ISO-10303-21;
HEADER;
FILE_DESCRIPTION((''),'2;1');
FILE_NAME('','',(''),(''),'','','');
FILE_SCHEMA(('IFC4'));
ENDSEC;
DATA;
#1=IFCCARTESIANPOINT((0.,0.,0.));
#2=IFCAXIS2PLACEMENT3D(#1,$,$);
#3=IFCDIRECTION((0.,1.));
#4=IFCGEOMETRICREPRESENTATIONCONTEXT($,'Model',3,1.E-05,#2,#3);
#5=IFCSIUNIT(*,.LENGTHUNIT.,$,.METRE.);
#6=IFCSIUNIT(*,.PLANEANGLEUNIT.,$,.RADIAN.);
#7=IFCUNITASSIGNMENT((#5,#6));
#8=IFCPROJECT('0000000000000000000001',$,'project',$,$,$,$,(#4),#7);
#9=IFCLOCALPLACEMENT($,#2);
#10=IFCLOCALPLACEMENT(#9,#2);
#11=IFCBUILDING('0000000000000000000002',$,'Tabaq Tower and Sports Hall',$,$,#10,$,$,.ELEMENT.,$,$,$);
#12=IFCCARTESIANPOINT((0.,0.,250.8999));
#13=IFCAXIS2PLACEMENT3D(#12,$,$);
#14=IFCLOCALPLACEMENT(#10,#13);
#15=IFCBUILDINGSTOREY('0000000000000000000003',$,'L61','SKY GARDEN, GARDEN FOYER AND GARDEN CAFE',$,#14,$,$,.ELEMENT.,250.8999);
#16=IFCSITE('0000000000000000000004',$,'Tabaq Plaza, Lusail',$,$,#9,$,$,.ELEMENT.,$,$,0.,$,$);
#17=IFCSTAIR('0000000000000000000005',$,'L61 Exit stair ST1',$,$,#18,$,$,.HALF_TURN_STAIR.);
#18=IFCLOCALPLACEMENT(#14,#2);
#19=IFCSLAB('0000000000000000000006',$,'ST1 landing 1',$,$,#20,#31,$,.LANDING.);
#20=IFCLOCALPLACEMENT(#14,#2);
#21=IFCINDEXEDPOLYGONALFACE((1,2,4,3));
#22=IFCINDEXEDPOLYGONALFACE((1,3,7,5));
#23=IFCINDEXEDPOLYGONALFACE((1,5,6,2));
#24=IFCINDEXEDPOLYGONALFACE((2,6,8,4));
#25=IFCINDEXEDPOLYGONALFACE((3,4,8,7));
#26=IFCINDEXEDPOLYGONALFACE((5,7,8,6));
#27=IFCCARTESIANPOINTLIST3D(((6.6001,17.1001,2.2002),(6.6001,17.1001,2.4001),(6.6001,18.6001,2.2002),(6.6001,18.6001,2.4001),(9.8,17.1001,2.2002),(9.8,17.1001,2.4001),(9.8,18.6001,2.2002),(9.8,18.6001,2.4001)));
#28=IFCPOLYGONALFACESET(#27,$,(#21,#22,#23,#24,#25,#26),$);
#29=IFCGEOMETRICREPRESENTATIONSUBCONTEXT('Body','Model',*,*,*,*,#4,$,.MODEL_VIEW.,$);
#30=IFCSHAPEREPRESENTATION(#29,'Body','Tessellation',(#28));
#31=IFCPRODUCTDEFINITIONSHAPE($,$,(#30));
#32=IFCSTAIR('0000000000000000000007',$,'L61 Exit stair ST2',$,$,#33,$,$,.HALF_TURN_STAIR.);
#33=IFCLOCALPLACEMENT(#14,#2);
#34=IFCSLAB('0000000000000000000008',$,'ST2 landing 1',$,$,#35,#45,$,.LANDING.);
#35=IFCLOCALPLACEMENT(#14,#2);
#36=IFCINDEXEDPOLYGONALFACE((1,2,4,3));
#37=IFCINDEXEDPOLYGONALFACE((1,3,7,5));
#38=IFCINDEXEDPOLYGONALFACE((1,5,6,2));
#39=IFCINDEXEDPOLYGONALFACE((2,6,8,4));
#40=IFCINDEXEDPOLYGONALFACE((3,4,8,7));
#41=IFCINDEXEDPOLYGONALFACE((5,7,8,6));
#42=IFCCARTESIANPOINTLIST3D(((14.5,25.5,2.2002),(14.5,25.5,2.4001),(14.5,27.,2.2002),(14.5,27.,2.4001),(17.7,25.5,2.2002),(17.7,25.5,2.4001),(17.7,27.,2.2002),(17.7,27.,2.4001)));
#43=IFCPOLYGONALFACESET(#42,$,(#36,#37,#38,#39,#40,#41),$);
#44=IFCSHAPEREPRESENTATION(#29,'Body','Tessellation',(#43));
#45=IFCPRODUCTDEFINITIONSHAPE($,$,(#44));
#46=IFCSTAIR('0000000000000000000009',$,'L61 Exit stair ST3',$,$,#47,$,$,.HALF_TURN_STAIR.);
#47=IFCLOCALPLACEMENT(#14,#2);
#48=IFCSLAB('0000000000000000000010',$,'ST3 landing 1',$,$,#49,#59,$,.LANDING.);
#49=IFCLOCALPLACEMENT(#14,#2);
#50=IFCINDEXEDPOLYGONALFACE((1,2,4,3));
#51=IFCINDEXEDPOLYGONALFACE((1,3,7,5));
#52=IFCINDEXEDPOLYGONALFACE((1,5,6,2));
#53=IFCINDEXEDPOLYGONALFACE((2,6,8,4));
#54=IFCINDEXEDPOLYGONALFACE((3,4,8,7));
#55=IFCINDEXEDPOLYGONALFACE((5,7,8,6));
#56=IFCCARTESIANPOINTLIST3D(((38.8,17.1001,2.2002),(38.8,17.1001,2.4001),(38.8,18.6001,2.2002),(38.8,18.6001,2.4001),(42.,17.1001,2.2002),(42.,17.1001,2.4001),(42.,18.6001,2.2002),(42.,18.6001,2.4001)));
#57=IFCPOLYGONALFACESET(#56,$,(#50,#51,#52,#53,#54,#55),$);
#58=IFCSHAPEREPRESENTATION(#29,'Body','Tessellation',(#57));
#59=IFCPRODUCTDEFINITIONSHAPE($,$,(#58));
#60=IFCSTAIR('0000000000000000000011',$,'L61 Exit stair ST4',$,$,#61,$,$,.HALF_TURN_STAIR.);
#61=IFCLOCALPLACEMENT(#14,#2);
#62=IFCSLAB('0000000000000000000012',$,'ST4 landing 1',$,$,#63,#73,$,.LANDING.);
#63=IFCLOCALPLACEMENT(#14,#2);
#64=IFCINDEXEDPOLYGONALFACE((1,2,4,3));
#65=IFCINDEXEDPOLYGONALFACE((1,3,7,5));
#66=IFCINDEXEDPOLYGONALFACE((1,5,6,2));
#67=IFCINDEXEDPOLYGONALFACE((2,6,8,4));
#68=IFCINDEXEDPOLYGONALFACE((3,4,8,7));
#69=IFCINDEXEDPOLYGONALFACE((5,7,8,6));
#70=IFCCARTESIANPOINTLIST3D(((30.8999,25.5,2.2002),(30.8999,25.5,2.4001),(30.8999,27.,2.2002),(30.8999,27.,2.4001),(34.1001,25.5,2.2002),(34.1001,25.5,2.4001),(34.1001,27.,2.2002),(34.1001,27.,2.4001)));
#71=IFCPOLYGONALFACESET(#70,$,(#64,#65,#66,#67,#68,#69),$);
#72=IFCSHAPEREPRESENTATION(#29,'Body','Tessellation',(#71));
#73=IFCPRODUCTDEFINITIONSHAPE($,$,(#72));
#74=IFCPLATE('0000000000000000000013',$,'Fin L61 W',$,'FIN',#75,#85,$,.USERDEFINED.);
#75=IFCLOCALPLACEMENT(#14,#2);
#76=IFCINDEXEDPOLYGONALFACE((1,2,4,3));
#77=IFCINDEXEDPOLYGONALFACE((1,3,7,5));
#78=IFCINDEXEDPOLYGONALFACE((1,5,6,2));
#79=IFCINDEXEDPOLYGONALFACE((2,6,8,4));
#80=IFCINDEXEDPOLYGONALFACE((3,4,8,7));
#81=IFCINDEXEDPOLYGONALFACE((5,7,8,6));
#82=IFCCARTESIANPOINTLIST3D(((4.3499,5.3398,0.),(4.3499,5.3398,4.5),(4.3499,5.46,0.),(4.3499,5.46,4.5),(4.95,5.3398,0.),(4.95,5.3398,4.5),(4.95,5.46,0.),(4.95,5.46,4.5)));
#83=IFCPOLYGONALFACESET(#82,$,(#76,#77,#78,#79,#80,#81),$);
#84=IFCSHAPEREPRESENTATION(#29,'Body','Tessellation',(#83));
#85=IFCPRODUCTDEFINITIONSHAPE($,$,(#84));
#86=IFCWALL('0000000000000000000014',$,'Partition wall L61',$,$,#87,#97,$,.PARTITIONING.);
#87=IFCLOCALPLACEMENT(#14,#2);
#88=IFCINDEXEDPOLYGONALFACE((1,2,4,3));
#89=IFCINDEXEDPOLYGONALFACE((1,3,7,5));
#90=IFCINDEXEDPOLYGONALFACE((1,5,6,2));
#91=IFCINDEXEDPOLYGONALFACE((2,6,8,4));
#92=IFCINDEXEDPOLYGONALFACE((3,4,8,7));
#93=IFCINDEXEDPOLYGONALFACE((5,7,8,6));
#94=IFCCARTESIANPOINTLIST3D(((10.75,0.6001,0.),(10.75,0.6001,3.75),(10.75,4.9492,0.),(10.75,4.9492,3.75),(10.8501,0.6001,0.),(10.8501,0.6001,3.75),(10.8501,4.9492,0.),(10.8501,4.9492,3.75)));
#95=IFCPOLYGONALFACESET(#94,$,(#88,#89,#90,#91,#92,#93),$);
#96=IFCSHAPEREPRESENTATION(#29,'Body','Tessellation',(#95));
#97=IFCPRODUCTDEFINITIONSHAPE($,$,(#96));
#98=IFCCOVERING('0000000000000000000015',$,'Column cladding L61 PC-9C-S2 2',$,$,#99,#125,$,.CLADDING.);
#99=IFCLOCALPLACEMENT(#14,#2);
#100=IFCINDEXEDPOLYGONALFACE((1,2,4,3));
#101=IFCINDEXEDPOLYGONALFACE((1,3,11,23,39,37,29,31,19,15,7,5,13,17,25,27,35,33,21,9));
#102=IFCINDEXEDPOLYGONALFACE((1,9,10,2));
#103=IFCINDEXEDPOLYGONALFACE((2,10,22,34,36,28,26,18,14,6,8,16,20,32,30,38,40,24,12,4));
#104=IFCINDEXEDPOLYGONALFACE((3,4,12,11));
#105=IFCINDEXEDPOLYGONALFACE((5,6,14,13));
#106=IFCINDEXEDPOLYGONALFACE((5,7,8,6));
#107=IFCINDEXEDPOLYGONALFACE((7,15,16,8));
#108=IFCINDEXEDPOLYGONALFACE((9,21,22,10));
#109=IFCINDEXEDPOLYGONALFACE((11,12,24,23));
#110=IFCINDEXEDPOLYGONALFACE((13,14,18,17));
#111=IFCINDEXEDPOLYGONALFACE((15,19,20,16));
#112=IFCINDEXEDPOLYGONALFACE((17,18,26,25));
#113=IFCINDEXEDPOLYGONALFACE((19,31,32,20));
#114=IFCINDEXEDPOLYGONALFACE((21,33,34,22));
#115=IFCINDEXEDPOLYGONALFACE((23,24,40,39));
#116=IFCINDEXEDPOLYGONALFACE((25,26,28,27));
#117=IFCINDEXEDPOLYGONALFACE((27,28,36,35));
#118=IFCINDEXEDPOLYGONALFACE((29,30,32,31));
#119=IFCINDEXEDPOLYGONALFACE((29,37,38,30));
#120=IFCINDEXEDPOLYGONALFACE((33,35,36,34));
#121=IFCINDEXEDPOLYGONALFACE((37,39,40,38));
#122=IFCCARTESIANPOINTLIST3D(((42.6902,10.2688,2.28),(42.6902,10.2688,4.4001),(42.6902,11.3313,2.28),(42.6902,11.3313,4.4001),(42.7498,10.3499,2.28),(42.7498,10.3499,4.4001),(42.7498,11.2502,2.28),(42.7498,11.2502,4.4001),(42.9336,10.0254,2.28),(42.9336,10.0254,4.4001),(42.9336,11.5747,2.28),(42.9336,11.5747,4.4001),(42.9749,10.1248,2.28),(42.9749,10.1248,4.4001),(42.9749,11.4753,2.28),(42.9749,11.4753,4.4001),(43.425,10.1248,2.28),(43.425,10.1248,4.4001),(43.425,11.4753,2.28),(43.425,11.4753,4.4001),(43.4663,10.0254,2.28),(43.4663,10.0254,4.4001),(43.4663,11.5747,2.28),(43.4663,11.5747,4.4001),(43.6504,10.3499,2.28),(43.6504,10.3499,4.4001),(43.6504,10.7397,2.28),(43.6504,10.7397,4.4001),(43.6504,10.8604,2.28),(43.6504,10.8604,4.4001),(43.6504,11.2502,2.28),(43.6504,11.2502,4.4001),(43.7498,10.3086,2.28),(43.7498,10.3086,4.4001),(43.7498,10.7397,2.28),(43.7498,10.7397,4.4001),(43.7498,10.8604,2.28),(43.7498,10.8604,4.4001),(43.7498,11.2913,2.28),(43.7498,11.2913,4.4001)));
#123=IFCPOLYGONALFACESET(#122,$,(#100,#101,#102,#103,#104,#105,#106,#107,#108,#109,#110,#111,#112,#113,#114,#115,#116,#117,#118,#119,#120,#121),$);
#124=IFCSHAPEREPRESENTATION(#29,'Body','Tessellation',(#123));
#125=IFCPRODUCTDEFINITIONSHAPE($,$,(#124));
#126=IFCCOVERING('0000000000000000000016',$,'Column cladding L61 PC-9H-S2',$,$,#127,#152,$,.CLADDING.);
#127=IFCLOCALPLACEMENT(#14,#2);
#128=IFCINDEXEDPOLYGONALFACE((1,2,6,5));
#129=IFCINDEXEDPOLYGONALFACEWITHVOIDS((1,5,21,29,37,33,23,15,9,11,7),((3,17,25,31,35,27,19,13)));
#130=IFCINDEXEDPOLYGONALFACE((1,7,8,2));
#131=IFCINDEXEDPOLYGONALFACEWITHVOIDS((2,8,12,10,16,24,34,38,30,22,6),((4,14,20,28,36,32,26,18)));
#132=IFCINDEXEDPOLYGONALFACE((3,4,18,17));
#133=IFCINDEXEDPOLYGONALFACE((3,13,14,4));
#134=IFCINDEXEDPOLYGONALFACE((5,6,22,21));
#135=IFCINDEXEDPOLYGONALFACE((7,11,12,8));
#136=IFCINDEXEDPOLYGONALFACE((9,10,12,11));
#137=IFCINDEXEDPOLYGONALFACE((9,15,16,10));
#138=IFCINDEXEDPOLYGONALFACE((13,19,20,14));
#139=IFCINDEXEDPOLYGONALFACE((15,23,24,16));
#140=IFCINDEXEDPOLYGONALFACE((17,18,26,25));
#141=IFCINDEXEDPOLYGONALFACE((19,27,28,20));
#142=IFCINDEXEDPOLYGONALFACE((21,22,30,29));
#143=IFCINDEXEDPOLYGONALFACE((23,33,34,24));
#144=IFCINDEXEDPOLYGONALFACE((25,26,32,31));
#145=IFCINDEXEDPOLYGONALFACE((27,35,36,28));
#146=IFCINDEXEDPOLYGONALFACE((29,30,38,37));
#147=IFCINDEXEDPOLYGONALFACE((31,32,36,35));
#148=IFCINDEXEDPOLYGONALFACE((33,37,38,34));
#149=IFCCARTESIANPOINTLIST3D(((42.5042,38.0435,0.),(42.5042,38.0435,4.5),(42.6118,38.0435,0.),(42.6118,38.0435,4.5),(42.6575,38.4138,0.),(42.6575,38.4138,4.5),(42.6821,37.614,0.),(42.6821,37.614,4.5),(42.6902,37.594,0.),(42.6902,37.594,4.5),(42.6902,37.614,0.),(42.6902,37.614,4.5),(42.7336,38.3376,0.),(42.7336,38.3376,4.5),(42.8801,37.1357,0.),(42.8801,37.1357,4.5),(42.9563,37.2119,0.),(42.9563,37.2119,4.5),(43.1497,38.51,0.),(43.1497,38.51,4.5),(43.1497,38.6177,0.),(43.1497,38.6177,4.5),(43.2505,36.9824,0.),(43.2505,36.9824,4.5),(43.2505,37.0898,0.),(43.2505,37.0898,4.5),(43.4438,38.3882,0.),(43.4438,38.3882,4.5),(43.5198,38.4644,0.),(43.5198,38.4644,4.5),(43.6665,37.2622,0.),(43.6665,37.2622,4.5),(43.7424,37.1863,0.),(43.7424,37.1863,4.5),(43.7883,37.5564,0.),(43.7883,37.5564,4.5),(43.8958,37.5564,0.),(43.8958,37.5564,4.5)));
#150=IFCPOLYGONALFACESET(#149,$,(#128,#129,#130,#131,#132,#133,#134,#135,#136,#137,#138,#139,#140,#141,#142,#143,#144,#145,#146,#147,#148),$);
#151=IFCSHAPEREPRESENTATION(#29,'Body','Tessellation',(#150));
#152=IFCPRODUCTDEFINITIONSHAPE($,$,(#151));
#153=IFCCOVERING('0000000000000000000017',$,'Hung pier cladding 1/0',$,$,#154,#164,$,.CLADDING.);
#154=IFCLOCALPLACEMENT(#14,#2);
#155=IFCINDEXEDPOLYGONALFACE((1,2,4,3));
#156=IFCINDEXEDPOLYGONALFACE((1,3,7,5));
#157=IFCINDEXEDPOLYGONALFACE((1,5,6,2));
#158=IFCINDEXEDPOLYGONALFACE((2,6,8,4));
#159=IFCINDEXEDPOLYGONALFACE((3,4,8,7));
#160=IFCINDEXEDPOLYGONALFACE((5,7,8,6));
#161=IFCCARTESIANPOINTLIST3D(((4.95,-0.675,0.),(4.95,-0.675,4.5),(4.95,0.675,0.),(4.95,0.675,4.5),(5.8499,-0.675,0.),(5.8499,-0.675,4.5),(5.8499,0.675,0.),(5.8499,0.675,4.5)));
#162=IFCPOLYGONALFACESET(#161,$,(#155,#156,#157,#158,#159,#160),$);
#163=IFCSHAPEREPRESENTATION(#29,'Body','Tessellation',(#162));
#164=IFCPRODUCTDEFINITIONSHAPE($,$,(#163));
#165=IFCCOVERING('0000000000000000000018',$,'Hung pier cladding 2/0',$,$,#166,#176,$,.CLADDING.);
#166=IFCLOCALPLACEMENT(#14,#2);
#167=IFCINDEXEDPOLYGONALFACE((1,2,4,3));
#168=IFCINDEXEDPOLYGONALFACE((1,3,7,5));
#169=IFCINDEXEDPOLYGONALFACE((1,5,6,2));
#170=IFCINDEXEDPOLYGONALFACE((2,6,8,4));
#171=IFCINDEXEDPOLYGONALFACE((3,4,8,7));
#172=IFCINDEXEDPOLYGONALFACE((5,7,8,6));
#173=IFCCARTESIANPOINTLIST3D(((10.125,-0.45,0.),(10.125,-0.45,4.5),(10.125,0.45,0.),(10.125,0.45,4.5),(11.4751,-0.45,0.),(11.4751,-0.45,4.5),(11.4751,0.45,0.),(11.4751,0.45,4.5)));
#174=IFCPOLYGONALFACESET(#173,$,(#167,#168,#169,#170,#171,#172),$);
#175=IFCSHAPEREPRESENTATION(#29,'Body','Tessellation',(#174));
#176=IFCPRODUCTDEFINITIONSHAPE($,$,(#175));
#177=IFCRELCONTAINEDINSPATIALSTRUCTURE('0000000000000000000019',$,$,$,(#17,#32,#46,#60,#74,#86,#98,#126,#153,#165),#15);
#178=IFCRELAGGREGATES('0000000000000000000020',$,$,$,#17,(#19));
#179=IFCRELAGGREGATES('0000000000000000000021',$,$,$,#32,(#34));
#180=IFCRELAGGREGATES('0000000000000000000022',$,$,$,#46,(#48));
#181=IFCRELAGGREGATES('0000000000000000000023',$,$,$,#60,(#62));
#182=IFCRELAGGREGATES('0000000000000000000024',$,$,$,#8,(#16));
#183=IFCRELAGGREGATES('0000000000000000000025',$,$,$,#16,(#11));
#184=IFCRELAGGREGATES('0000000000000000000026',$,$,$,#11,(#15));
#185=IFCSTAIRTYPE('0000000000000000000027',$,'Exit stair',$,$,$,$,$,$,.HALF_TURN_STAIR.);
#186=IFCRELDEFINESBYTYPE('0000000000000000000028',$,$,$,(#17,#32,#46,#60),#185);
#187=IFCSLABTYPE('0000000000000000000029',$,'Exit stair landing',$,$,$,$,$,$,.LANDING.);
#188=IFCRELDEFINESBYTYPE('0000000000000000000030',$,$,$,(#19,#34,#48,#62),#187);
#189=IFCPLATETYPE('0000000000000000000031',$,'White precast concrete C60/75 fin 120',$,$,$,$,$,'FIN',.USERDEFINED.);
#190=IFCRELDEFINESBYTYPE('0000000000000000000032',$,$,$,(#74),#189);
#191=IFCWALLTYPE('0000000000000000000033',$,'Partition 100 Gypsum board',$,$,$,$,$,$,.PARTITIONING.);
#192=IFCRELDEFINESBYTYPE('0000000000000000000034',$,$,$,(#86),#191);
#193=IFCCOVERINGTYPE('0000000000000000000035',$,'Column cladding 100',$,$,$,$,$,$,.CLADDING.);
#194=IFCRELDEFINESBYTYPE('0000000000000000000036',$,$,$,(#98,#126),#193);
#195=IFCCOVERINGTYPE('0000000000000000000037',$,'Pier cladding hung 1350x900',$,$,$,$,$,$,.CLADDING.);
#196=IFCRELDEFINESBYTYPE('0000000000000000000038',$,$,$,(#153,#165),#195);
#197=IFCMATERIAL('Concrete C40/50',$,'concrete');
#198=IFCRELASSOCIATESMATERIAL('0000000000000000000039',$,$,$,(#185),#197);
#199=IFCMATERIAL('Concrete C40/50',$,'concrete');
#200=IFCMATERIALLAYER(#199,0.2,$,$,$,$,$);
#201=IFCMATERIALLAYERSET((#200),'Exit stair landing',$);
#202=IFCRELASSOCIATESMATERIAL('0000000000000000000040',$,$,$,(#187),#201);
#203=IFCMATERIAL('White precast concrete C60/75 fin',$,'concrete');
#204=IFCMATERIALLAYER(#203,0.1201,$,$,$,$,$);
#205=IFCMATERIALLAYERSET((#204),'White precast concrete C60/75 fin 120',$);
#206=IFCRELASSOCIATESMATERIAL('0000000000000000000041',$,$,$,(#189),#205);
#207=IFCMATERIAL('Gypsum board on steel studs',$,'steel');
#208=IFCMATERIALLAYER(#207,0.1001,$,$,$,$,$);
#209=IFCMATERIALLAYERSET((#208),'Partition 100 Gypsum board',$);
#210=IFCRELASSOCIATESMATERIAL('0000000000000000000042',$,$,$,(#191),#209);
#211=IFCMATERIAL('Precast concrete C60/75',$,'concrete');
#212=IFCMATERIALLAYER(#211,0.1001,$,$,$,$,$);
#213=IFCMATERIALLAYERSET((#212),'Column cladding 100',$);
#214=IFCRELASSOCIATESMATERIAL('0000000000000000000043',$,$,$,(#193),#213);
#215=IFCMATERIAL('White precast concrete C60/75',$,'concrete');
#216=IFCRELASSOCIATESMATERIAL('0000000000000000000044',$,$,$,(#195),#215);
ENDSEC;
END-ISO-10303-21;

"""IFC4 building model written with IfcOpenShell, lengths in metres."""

from ifc_helpers import new_model, si_unit, direction, frame, frame_2d, origin, origin_2d, place, context, subcontext, project, spatial, polyline, rectangle, outline, extrude, material, layer, layer_set, type_object, element, aggregate, save


model = new_model("IFC4")

# Units and contexts
model_context = context("Model", 3, precision=1e-05, world=origin(), true_north=direction((0.0, 1.0)))
body_context = subcontext(model_context, "Body", "Model", "MODEL_VIEW")
ifc_project = project(units=[si_unit("LENGTHUNIT", "METRE"), si_unit("PLANEANGLEUNIT", "RADIAN")], contexts=[model_context])

# Site, building, storey
site_placement = place(None, origin())
site = spatial("IfcSite", under=ifc_project, at=site_placement, Name="Tabaq Plaza, Lusail", CompositionType="ELEMENT", RefElevation=0.0)
building_placement = place(site_placement, origin())
building = spatial("IfcBuilding", under=site, at=building_placement, Name="Tabaq Tower and Sports Hall", CompositionType="ELEMENT")
storey_placement = place(building_placement, frame((0.0, 0.0, 250.8999)))
storey = spatial("IfcBuildingStorey", under=building, at=storey_placement, Name="L61", Description="SKY GARDEN, GARDEN FOYER AND GARDEN CAFE", CompositionType="ELEMENT", Elevation=250.8999)

# Stairs, slabs
ifc_material_1 = material(Name="Concrete C40/50", Category="concrete")
stair_type = type_object("IfcStairType", Name="Exit stair", PredefinedType="HALF_TURN_STAIR", material=ifc_material_1)
stair_1_placement = place(storey_placement, origin())
stair_1 = element("IfcStair", 1, at=stair_1_placement, inside=storey, type_object=stair_type, Name="L61 Exit stair ST1", PredefinedType="HALF_TURN_STAIR")
ifc_material_2 = material(Name="Concrete C40/50", Category="concrete")
ifc_layer_1 = layer(ifc_material_2, 0.2)
ifc_layer_set_1 = layer_set([ifc_layer_1], Name="Exit stair landing")
slab_type = type_object("IfcSlabType", Name="Exit stair landing", PredefinedType="LANDING", material=ifc_layer_set_1)
slab_1_placement = place(storey_placement, frame((0.0, 0.0, 2.2002)))
slab_1 = element("IfcSlab", 2, at=slab_1_placement, type_object=slab_type, Name="ST1 landing 1", PredefinedType="LANDING", context=body_context, shape_type="SweptSolid", body=[
    extrude(outline(polyline([(6.6001, 18.6001), (6.6001, 17.1001), (9.8, 17.1001), (9.8, 18.6001), (6.6001, 18.6001)])), origin(), (0.0, 0.0, 1.0), 0.2),
])
aggregate(stair_1, [slab_1])
stair_2_placement = place(storey_placement, origin())
stair_2 = element("IfcStair", 3, at=stair_2_placement, inside=storey, type_object=stair_type, Name="L61 Exit stair ST2", PredefinedType="HALF_TURN_STAIR")
slab_2_placement = place(storey_placement, frame((0.0, 0.0, 2.2002)))
slab_2 = element("IfcSlab", 4, at=slab_2_placement, type_object=slab_type, Name="ST2 landing 1", PredefinedType="LANDING", context=body_context, shape_type="SweptSolid", body=[
    extrude(outline(polyline([(14.5, 27.0), (14.5, 25.5), (17.7, 25.5), (17.7, 27.0), (14.5, 27.0)])), origin(), (0.0, 0.0, 1.0), 0.2),
])
aggregate(stair_2, [slab_2])
stair_3_placement = place(storey_placement, origin())
stair_3 = element("IfcStair", 5, at=stair_3_placement, inside=storey, type_object=stair_type, Name="L61 Exit stair ST3", PredefinedType="HALF_TURN_STAIR")
slab_3_placement = place(storey_placement, frame((0.0, 0.0, 2.2002)))
slab_3 = element("IfcSlab", 6, at=slab_3_placement, type_object=slab_type, Name="ST3 landing 1", PredefinedType="LANDING", context=body_context, shape_type="SweptSolid", body=[
    extrude(outline(polyline([(38.8, 18.6001), (38.8, 17.1001), (42.0, 17.1001), (42.0, 18.6001), (38.8, 18.6001)])), origin(), (0.0, 0.0, 1.0), 0.2),
])
aggregate(stair_3, [slab_3])
stair_4_placement = place(storey_placement, origin())
stair_4 = element("IfcStair", 7, at=stair_4_placement, inside=storey, type_object=stair_type, Name="L61 Exit stair ST4", PredefinedType="HALF_TURN_STAIR")
slab_4_placement = place(storey_placement, frame((0.0, 0.0, 2.2002)))
slab_4 = element("IfcSlab", 8, at=slab_4_placement, type_object=slab_type, Name="ST4 landing 1", PredefinedType="LANDING", context=body_context, shape_type="SweptSolid", body=[
    extrude(outline(polyline([(30.8999, 27.0), (30.8999, 25.5), (34.1001, 25.5), (34.1001, 27.0), (30.8999, 27.0)])), origin(), (0.0, 0.0, 1.0), 0.2),
])
aggregate(stair_4, [slab_4])

# Plate
ifc_material_3 = material(Name="White precast concrete C60/75 fin", Category="concrete")
ifc_layer_2 = layer(ifc_material_3, 0.1201)
ifc_layer_set_2 = layer_set([ifc_layer_2], Name="White precast concrete C60/75 fin 120")
plate_type_1 = type_object("IfcPlateType", Name="White precast concrete C60/75 fin 120", ElementType="FIN", PredefinedType="USERDEFINED", material=ifc_layer_set_2)
plate_1_placement = place(storey_placement, frame((4.6499, 5.3999, 0.0), z_axis=(0.0, 0.0, 1.0), x_axis=(0.0, -1.0, 0.0)))
element("IfcPlate", 9, at=plate_1_placement, inside=storey, type_object=plate_type_1, Name="Fin L61 W", ObjectType="FIN", PredefinedType="USERDEFINED", context=body_context, shape_type="SweptSolid", body=[
    extrude(rectangle(XDim=0.1201, YDim=0.6001, at=origin_2d()), origin(), (0.0, 0.0, 1.0), 4.5),
])

# Wall
ifc_material_4 = material(Name="Gypsum board on steel studs", Category="steel")
ifc_layer_3 = layer(ifc_material_4, 0.1001)
ifc_layer_set_3 = layer_set([ifc_layer_3], Name="Partition 100 Gypsum board")
wall_type = type_object("IfcWallType", Name="Partition 100 Gypsum board", PredefinedType="PARTITIONING", material=ifc_layer_set_3)
wall_placement = place(storey_placement, frame((10.8, 4.9492, 0.0), z_axis=(0.0, 0.0, 1.0), x_axis=(0.0, -1.0, 0.0)))
element("IfcWall", 10, at=wall_placement, inside=storey, type_object=wall_type, Name="Partition wall L61", PredefinedType="PARTITIONING", context=body_context, shape_type="SweptSolid", body=[
    extrude(rectangle(XDim=4.3491, YDim=0.1001, at=frame_2d((2.1746, 0.0))), origin(), (0.0, 0.0, 1.0), 3.75),
])

# Coverings
ifc_material_5 = material(Name="Precast concrete C60/75", Category="concrete")
ifc_layer_4 = layer(ifc_material_5, 0.1001)
ifc_layer_set_4 = layer_set([ifc_layer_4], Name="Column cladding 100")
covering_type_1 = type_object("IfcCoveringType", Name="Column cladding 100", PredefinedType="CLADDING", material=ifc_layer_set_4)
covering_1_placement = place(storey_placement, frame((0.0, 0.0, 2.28)))
element("IfcCovering", 11, at=covering_1_placement, inside=storey, type_object=covering_type_1, Name="Column cladding L61 PC-9C-S2 2", PredefinedType="CLADDING", context=body_context, shape_type="SweptSolid", body=[
    extrude(outline(polyline([(42.9336, 10.0254), (42.6902, 10.2688), (42.6902, 11.3313), (42.9336, 11.5747), (43.4663, 11.5747), (43.7498, 11.2913), (43.7498, 10.8604), (43.6504, 10.8604), (43.6504, 11.2502), (43.425, 11.4753), (42.9749, 11.4753), (42.7498, 11.2502), (42.7498, 10.3499), (42.9749, 10.1248), (43.425, 10.1248), (43.6504, 10.3499), (43.6504, 10.7397), (43.7498, 10.7397), (43.7498, 10.3086), (43.4663, 10.0254), (42.9336, 10.0254)])), origin(), (0.0, 0.0, 1.0), 2.1201),
])
covering_2_placement = place(storey_placement, origin())
element("IfcCovering", 12, at=covering_2_placement, inside=storey, type_object=covering_type_1, Name="Column cladding L61 PC-9H-S2", PredefinedType="CLADDING", context=body_context, shape_type="SweptSolid", body=[
    extrude(outline(polyline([(43.2505, 36.9824), (42.8801, 37.1357), (42.6902, 37.594), (42.6902, 37.614), (42.6821, 37.614), (42.5042, 38.0435), (42.6575, 38.4138), (43.1497, 38.6177), (43.5198, 38.4644), (43.8958, 37.5564), (43.7424, 37.1863), (43.2505, 36.9824)]), holes=[polyline([(43.1497, 38.51), (42.7336, 38.3376), (42.6118, 38.0435), (42.9563, 37.2119), (43.2505, 37.0898), (43.6665, 37.2622), (43.7883, 37.5564), (43.4438, 38.3882), (43.1497, 38.51)])]), origin(), (0.0, 0.0, 1.0), 4.5),
])
ifc_material_6 = material(Name="White precast concrete C60/75", Category="concrete")
covering_type_2 = type_object("IfcCoveringType", Name="Pier cladding hung 1350x900", PredefinedType="CLADDING", material=ifc_material_6)
for number, where, z_axis, x_axis, name in (
    (13, (5.3999, 0.675, 0.0), (0.0, 0.0, 1.0), (0.0, -1.0, 0.0), "Hung pier cladding 1/0"),
    (14, (10.125, 0.0, 0.0), (0.0, 0.0, 1.0), (1.0, 0.0, 0.0), "Hung pier cladding 2/0"),
):
    element("IfcCovering", number, at=place(storey_placement, frame(where, z_axis=z_axis, x_axis=x_axis)), inside=storey, type_object=covering_type_2, Name=name, PredefinedType="CLADDING", context=body_context, shape_type="SweptSolid", body=[
        extrude(rectangle(XDim=1.3501, YDim=0.8999, at=frame_2d((0.675, 0.0))), origin(), (0.0, 0.0, 1.0), 4.5),
    ])

save(model, "model.ifc")
